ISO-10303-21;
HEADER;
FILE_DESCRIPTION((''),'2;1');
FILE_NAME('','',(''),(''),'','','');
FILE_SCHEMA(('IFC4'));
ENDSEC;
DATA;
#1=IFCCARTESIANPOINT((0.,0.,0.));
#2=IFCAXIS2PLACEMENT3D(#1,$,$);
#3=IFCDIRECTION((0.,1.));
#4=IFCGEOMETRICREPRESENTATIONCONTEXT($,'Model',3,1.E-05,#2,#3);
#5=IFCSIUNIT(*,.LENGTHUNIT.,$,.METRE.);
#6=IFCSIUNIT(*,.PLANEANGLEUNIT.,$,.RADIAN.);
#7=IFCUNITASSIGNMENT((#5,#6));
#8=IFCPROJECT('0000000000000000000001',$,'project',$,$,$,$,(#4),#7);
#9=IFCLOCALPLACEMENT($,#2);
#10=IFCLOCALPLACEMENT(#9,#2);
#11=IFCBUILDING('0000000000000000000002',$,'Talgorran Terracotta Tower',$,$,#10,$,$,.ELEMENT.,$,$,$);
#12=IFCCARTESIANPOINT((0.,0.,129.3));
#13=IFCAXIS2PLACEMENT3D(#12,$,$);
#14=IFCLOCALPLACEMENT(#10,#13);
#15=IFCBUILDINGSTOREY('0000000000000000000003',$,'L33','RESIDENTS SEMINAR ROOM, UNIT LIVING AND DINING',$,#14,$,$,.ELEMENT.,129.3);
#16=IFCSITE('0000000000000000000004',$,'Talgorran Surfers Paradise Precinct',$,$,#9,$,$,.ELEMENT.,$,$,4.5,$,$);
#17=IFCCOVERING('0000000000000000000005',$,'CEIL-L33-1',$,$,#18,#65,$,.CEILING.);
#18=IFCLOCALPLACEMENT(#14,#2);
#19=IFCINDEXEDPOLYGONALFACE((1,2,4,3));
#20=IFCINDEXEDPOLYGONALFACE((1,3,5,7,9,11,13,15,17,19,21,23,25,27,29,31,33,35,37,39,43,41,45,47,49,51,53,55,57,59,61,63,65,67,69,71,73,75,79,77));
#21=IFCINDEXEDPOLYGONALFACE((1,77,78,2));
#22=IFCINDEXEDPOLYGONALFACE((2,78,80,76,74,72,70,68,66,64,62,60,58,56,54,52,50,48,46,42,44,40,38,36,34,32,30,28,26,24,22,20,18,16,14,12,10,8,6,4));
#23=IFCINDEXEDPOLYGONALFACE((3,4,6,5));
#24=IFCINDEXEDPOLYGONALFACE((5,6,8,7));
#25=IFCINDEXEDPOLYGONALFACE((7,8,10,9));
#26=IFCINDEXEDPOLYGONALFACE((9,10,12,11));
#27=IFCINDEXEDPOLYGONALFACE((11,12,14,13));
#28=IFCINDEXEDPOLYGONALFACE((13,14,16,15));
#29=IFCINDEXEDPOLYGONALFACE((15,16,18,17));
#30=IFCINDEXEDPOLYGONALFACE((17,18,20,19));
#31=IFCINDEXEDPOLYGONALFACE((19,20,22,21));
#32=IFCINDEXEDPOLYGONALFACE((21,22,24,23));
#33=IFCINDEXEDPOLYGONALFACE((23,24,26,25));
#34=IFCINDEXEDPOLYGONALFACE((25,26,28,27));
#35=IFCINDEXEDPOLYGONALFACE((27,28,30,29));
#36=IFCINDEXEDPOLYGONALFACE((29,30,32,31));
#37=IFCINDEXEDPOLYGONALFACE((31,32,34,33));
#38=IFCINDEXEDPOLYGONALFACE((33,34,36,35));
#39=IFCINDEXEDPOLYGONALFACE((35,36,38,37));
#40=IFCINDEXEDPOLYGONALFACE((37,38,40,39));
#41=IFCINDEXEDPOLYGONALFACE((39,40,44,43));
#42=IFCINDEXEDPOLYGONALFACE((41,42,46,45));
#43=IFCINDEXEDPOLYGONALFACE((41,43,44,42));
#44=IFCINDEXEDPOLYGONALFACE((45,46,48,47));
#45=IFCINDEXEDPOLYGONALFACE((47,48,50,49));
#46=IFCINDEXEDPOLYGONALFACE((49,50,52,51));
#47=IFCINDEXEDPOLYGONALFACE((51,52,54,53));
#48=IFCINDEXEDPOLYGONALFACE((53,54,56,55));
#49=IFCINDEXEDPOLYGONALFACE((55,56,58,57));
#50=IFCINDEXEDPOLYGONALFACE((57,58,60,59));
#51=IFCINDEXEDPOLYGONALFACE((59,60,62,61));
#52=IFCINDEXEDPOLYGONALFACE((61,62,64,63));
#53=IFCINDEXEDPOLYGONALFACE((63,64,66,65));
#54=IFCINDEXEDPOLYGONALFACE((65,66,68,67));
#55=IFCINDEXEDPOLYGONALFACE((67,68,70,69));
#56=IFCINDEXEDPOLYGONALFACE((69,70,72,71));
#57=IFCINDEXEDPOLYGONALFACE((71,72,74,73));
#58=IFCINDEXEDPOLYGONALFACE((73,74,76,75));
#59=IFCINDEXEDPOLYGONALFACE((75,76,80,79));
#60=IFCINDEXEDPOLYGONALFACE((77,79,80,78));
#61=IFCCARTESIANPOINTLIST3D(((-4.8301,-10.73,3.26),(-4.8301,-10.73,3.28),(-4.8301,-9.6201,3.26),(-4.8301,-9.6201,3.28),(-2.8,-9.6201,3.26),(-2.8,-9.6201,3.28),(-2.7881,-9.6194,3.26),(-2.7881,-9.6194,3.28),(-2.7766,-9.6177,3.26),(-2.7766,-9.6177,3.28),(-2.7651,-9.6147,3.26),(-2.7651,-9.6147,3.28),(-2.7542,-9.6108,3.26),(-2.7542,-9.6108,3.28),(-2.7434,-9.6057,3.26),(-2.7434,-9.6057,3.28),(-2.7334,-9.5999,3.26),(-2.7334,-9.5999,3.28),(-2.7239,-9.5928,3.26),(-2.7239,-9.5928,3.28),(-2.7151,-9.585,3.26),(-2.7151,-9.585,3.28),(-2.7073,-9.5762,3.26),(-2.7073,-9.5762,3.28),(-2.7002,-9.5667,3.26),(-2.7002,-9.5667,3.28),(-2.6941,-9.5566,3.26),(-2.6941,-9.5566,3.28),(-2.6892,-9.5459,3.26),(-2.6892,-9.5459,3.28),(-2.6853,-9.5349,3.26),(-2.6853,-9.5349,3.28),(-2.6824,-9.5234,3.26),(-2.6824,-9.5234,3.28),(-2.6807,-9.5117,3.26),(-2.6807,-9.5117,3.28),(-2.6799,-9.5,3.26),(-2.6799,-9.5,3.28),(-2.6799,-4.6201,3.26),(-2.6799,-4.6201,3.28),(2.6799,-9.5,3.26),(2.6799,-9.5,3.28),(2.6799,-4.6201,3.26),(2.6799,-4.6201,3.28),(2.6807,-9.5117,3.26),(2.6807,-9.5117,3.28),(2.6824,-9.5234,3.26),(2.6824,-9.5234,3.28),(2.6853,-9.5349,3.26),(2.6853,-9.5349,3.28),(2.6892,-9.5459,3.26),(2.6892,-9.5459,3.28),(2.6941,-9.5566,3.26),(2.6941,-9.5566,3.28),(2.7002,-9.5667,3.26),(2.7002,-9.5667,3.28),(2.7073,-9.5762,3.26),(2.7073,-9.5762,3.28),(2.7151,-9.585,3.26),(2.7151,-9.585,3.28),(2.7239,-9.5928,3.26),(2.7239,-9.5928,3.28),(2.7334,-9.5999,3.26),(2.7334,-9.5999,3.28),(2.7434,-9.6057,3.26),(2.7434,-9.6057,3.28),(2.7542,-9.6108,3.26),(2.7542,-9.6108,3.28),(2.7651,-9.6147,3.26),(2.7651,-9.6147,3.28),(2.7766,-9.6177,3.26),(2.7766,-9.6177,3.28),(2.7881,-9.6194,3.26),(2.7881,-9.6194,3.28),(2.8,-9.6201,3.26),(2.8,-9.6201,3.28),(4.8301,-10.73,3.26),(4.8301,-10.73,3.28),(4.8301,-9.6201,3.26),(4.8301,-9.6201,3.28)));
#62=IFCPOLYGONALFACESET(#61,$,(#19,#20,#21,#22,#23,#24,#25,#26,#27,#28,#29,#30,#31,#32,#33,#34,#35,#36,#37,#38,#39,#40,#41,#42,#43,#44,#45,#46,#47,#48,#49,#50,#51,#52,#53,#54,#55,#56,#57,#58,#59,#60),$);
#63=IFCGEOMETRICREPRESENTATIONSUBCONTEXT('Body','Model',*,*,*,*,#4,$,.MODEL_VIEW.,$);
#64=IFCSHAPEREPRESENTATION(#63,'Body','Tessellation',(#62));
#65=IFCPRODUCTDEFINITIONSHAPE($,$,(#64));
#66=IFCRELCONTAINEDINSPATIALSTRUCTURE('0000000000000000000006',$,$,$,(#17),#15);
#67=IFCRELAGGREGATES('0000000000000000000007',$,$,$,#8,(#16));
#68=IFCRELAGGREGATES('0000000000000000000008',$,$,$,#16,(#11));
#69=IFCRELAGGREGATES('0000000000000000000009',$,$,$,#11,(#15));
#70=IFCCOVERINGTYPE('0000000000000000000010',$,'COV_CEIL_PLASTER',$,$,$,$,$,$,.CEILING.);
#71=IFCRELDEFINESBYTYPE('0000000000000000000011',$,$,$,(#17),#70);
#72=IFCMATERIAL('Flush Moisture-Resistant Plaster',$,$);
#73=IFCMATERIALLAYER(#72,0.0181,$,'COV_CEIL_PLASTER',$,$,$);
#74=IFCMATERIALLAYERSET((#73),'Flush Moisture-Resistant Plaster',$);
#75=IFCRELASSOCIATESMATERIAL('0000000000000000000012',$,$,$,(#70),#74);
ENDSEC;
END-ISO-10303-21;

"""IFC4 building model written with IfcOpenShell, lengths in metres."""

from ifc_helpers import new_model, si_unit, direction, frame, origin, place, context, subcontext, project, spatial, polyline, outline, extrude, material, layer, layer_set, type_object, element, save


model = new_model("IFC4")

# Units and contexts
model_context = context("Model", 3, precision=1e-05, world=origin(), true_north=direction((0.0, 1.0)))
body_context = subcontext(model_context, "Body", "Model", "MODEL_VIEW")
ifc_project = project(units=[si_unit("LENGTHUNIT", "METRE"), si_unit("PLANEANGLEUNIT", "RADIAN")], contexts=[model_context])

# Site, building, storey
site_placement = place(None, origin())
site = spatial("IfcSite", under=ifc_project, at=site_placement, Name="Talgorran Surfers Paradise Precinct", CompositionType="ELEMENT", RefElevation=4.5)
building_placement = place(site_placement, origin())
building = spatial("IfcBuilding", under=site, at=building_placement, Name="Talgorran Terracotta Tower", CompositionType="ELEMENT")
storey_placement = place(building_placement, frame((0.0, 0.0, 129.3)))
storey = spatial("IfcBuildingStorey", under=building, at=storey_placement, Name="L33", Description="RESIDENTS SEMINAR ROOM, UNIT LIVING AND DINING", CompositionType="ELEMENT", Elevation=129.3)

# Covering
ifc_material_1 = material(Name="Flush Moisture-Resistant Plaster")
ifc_layer_1 = layer(ifc_material_1, 0.0181, Name="COV_CEIL_PLASTER")
ifc_layer_set_1 = layer_set([ifc_layer_1], Name="Flush Moisture-Resistant Plaster")
covering_type_1 = type_object("IfcCoveringType", Name="COV_CEIL_PLASTER", PredefinedType="CEILING", material=ifc_layer_set_1)
covering_1_placement = place(storey_placement, frame((0.0, 0.0, 3.26)))
element("IfcCovering", 1, at=covering_1_placement, inside=storey, type_object=covering_type_1, Name="CEIL-L33-1", PredefinedType="CEILING", context=body_context, shape_type="SweptSolid", body=[
    extrude(outline(polyline([(-4.8301, -9.6201), (-2.8, -9.6201), (-2.7881, -9.6194), (-2.7766, -9.6177), (-2.7651, -9.6147), (-2.7542, -9.6108), (-2.7434, -9.6057), (-2.7334, -9.5999), (-2.7239, -9.5928), (-2.7151, -9.585), (-2.7073, -9.5762), (-2.7002, -9.5667), (-2.6941, -9.5566), (-2.6892, -9.5459), (-2.6853, -9.5349), (-2.6824, -9.5234), (-2.6807, -9.5117), (-2.6799, -9.5), (-2.6799, -4.6201), (2.6799, -4.6201), (2.6799, -9.5), (2.6807, -9.5117), (2.6824, -9.5234), (2.6853, -9.5349), (2.6892, -9.5459), (2.6941, -9.5566), (2.7002, -9.5667), (2.7073, -9.5762), (2.7151, -9.585), (2.7239, -9.5928), (2.7334, -9.5999), (2.7434, -9.6057), (2.7542, -9.6108), (2.7651, -9.6147), (2.7766, -9.6177), (2.7881, -9.6194), (2.8, -9.6201), (4.8301, -9.6201), (4.8301, -10.73), (-4.8301, -10.73), (-4.8301, -9.6201)])), origin(), (0.0, 0.0, 1.0), 0.02),
])

save(model, "model.ifc")
